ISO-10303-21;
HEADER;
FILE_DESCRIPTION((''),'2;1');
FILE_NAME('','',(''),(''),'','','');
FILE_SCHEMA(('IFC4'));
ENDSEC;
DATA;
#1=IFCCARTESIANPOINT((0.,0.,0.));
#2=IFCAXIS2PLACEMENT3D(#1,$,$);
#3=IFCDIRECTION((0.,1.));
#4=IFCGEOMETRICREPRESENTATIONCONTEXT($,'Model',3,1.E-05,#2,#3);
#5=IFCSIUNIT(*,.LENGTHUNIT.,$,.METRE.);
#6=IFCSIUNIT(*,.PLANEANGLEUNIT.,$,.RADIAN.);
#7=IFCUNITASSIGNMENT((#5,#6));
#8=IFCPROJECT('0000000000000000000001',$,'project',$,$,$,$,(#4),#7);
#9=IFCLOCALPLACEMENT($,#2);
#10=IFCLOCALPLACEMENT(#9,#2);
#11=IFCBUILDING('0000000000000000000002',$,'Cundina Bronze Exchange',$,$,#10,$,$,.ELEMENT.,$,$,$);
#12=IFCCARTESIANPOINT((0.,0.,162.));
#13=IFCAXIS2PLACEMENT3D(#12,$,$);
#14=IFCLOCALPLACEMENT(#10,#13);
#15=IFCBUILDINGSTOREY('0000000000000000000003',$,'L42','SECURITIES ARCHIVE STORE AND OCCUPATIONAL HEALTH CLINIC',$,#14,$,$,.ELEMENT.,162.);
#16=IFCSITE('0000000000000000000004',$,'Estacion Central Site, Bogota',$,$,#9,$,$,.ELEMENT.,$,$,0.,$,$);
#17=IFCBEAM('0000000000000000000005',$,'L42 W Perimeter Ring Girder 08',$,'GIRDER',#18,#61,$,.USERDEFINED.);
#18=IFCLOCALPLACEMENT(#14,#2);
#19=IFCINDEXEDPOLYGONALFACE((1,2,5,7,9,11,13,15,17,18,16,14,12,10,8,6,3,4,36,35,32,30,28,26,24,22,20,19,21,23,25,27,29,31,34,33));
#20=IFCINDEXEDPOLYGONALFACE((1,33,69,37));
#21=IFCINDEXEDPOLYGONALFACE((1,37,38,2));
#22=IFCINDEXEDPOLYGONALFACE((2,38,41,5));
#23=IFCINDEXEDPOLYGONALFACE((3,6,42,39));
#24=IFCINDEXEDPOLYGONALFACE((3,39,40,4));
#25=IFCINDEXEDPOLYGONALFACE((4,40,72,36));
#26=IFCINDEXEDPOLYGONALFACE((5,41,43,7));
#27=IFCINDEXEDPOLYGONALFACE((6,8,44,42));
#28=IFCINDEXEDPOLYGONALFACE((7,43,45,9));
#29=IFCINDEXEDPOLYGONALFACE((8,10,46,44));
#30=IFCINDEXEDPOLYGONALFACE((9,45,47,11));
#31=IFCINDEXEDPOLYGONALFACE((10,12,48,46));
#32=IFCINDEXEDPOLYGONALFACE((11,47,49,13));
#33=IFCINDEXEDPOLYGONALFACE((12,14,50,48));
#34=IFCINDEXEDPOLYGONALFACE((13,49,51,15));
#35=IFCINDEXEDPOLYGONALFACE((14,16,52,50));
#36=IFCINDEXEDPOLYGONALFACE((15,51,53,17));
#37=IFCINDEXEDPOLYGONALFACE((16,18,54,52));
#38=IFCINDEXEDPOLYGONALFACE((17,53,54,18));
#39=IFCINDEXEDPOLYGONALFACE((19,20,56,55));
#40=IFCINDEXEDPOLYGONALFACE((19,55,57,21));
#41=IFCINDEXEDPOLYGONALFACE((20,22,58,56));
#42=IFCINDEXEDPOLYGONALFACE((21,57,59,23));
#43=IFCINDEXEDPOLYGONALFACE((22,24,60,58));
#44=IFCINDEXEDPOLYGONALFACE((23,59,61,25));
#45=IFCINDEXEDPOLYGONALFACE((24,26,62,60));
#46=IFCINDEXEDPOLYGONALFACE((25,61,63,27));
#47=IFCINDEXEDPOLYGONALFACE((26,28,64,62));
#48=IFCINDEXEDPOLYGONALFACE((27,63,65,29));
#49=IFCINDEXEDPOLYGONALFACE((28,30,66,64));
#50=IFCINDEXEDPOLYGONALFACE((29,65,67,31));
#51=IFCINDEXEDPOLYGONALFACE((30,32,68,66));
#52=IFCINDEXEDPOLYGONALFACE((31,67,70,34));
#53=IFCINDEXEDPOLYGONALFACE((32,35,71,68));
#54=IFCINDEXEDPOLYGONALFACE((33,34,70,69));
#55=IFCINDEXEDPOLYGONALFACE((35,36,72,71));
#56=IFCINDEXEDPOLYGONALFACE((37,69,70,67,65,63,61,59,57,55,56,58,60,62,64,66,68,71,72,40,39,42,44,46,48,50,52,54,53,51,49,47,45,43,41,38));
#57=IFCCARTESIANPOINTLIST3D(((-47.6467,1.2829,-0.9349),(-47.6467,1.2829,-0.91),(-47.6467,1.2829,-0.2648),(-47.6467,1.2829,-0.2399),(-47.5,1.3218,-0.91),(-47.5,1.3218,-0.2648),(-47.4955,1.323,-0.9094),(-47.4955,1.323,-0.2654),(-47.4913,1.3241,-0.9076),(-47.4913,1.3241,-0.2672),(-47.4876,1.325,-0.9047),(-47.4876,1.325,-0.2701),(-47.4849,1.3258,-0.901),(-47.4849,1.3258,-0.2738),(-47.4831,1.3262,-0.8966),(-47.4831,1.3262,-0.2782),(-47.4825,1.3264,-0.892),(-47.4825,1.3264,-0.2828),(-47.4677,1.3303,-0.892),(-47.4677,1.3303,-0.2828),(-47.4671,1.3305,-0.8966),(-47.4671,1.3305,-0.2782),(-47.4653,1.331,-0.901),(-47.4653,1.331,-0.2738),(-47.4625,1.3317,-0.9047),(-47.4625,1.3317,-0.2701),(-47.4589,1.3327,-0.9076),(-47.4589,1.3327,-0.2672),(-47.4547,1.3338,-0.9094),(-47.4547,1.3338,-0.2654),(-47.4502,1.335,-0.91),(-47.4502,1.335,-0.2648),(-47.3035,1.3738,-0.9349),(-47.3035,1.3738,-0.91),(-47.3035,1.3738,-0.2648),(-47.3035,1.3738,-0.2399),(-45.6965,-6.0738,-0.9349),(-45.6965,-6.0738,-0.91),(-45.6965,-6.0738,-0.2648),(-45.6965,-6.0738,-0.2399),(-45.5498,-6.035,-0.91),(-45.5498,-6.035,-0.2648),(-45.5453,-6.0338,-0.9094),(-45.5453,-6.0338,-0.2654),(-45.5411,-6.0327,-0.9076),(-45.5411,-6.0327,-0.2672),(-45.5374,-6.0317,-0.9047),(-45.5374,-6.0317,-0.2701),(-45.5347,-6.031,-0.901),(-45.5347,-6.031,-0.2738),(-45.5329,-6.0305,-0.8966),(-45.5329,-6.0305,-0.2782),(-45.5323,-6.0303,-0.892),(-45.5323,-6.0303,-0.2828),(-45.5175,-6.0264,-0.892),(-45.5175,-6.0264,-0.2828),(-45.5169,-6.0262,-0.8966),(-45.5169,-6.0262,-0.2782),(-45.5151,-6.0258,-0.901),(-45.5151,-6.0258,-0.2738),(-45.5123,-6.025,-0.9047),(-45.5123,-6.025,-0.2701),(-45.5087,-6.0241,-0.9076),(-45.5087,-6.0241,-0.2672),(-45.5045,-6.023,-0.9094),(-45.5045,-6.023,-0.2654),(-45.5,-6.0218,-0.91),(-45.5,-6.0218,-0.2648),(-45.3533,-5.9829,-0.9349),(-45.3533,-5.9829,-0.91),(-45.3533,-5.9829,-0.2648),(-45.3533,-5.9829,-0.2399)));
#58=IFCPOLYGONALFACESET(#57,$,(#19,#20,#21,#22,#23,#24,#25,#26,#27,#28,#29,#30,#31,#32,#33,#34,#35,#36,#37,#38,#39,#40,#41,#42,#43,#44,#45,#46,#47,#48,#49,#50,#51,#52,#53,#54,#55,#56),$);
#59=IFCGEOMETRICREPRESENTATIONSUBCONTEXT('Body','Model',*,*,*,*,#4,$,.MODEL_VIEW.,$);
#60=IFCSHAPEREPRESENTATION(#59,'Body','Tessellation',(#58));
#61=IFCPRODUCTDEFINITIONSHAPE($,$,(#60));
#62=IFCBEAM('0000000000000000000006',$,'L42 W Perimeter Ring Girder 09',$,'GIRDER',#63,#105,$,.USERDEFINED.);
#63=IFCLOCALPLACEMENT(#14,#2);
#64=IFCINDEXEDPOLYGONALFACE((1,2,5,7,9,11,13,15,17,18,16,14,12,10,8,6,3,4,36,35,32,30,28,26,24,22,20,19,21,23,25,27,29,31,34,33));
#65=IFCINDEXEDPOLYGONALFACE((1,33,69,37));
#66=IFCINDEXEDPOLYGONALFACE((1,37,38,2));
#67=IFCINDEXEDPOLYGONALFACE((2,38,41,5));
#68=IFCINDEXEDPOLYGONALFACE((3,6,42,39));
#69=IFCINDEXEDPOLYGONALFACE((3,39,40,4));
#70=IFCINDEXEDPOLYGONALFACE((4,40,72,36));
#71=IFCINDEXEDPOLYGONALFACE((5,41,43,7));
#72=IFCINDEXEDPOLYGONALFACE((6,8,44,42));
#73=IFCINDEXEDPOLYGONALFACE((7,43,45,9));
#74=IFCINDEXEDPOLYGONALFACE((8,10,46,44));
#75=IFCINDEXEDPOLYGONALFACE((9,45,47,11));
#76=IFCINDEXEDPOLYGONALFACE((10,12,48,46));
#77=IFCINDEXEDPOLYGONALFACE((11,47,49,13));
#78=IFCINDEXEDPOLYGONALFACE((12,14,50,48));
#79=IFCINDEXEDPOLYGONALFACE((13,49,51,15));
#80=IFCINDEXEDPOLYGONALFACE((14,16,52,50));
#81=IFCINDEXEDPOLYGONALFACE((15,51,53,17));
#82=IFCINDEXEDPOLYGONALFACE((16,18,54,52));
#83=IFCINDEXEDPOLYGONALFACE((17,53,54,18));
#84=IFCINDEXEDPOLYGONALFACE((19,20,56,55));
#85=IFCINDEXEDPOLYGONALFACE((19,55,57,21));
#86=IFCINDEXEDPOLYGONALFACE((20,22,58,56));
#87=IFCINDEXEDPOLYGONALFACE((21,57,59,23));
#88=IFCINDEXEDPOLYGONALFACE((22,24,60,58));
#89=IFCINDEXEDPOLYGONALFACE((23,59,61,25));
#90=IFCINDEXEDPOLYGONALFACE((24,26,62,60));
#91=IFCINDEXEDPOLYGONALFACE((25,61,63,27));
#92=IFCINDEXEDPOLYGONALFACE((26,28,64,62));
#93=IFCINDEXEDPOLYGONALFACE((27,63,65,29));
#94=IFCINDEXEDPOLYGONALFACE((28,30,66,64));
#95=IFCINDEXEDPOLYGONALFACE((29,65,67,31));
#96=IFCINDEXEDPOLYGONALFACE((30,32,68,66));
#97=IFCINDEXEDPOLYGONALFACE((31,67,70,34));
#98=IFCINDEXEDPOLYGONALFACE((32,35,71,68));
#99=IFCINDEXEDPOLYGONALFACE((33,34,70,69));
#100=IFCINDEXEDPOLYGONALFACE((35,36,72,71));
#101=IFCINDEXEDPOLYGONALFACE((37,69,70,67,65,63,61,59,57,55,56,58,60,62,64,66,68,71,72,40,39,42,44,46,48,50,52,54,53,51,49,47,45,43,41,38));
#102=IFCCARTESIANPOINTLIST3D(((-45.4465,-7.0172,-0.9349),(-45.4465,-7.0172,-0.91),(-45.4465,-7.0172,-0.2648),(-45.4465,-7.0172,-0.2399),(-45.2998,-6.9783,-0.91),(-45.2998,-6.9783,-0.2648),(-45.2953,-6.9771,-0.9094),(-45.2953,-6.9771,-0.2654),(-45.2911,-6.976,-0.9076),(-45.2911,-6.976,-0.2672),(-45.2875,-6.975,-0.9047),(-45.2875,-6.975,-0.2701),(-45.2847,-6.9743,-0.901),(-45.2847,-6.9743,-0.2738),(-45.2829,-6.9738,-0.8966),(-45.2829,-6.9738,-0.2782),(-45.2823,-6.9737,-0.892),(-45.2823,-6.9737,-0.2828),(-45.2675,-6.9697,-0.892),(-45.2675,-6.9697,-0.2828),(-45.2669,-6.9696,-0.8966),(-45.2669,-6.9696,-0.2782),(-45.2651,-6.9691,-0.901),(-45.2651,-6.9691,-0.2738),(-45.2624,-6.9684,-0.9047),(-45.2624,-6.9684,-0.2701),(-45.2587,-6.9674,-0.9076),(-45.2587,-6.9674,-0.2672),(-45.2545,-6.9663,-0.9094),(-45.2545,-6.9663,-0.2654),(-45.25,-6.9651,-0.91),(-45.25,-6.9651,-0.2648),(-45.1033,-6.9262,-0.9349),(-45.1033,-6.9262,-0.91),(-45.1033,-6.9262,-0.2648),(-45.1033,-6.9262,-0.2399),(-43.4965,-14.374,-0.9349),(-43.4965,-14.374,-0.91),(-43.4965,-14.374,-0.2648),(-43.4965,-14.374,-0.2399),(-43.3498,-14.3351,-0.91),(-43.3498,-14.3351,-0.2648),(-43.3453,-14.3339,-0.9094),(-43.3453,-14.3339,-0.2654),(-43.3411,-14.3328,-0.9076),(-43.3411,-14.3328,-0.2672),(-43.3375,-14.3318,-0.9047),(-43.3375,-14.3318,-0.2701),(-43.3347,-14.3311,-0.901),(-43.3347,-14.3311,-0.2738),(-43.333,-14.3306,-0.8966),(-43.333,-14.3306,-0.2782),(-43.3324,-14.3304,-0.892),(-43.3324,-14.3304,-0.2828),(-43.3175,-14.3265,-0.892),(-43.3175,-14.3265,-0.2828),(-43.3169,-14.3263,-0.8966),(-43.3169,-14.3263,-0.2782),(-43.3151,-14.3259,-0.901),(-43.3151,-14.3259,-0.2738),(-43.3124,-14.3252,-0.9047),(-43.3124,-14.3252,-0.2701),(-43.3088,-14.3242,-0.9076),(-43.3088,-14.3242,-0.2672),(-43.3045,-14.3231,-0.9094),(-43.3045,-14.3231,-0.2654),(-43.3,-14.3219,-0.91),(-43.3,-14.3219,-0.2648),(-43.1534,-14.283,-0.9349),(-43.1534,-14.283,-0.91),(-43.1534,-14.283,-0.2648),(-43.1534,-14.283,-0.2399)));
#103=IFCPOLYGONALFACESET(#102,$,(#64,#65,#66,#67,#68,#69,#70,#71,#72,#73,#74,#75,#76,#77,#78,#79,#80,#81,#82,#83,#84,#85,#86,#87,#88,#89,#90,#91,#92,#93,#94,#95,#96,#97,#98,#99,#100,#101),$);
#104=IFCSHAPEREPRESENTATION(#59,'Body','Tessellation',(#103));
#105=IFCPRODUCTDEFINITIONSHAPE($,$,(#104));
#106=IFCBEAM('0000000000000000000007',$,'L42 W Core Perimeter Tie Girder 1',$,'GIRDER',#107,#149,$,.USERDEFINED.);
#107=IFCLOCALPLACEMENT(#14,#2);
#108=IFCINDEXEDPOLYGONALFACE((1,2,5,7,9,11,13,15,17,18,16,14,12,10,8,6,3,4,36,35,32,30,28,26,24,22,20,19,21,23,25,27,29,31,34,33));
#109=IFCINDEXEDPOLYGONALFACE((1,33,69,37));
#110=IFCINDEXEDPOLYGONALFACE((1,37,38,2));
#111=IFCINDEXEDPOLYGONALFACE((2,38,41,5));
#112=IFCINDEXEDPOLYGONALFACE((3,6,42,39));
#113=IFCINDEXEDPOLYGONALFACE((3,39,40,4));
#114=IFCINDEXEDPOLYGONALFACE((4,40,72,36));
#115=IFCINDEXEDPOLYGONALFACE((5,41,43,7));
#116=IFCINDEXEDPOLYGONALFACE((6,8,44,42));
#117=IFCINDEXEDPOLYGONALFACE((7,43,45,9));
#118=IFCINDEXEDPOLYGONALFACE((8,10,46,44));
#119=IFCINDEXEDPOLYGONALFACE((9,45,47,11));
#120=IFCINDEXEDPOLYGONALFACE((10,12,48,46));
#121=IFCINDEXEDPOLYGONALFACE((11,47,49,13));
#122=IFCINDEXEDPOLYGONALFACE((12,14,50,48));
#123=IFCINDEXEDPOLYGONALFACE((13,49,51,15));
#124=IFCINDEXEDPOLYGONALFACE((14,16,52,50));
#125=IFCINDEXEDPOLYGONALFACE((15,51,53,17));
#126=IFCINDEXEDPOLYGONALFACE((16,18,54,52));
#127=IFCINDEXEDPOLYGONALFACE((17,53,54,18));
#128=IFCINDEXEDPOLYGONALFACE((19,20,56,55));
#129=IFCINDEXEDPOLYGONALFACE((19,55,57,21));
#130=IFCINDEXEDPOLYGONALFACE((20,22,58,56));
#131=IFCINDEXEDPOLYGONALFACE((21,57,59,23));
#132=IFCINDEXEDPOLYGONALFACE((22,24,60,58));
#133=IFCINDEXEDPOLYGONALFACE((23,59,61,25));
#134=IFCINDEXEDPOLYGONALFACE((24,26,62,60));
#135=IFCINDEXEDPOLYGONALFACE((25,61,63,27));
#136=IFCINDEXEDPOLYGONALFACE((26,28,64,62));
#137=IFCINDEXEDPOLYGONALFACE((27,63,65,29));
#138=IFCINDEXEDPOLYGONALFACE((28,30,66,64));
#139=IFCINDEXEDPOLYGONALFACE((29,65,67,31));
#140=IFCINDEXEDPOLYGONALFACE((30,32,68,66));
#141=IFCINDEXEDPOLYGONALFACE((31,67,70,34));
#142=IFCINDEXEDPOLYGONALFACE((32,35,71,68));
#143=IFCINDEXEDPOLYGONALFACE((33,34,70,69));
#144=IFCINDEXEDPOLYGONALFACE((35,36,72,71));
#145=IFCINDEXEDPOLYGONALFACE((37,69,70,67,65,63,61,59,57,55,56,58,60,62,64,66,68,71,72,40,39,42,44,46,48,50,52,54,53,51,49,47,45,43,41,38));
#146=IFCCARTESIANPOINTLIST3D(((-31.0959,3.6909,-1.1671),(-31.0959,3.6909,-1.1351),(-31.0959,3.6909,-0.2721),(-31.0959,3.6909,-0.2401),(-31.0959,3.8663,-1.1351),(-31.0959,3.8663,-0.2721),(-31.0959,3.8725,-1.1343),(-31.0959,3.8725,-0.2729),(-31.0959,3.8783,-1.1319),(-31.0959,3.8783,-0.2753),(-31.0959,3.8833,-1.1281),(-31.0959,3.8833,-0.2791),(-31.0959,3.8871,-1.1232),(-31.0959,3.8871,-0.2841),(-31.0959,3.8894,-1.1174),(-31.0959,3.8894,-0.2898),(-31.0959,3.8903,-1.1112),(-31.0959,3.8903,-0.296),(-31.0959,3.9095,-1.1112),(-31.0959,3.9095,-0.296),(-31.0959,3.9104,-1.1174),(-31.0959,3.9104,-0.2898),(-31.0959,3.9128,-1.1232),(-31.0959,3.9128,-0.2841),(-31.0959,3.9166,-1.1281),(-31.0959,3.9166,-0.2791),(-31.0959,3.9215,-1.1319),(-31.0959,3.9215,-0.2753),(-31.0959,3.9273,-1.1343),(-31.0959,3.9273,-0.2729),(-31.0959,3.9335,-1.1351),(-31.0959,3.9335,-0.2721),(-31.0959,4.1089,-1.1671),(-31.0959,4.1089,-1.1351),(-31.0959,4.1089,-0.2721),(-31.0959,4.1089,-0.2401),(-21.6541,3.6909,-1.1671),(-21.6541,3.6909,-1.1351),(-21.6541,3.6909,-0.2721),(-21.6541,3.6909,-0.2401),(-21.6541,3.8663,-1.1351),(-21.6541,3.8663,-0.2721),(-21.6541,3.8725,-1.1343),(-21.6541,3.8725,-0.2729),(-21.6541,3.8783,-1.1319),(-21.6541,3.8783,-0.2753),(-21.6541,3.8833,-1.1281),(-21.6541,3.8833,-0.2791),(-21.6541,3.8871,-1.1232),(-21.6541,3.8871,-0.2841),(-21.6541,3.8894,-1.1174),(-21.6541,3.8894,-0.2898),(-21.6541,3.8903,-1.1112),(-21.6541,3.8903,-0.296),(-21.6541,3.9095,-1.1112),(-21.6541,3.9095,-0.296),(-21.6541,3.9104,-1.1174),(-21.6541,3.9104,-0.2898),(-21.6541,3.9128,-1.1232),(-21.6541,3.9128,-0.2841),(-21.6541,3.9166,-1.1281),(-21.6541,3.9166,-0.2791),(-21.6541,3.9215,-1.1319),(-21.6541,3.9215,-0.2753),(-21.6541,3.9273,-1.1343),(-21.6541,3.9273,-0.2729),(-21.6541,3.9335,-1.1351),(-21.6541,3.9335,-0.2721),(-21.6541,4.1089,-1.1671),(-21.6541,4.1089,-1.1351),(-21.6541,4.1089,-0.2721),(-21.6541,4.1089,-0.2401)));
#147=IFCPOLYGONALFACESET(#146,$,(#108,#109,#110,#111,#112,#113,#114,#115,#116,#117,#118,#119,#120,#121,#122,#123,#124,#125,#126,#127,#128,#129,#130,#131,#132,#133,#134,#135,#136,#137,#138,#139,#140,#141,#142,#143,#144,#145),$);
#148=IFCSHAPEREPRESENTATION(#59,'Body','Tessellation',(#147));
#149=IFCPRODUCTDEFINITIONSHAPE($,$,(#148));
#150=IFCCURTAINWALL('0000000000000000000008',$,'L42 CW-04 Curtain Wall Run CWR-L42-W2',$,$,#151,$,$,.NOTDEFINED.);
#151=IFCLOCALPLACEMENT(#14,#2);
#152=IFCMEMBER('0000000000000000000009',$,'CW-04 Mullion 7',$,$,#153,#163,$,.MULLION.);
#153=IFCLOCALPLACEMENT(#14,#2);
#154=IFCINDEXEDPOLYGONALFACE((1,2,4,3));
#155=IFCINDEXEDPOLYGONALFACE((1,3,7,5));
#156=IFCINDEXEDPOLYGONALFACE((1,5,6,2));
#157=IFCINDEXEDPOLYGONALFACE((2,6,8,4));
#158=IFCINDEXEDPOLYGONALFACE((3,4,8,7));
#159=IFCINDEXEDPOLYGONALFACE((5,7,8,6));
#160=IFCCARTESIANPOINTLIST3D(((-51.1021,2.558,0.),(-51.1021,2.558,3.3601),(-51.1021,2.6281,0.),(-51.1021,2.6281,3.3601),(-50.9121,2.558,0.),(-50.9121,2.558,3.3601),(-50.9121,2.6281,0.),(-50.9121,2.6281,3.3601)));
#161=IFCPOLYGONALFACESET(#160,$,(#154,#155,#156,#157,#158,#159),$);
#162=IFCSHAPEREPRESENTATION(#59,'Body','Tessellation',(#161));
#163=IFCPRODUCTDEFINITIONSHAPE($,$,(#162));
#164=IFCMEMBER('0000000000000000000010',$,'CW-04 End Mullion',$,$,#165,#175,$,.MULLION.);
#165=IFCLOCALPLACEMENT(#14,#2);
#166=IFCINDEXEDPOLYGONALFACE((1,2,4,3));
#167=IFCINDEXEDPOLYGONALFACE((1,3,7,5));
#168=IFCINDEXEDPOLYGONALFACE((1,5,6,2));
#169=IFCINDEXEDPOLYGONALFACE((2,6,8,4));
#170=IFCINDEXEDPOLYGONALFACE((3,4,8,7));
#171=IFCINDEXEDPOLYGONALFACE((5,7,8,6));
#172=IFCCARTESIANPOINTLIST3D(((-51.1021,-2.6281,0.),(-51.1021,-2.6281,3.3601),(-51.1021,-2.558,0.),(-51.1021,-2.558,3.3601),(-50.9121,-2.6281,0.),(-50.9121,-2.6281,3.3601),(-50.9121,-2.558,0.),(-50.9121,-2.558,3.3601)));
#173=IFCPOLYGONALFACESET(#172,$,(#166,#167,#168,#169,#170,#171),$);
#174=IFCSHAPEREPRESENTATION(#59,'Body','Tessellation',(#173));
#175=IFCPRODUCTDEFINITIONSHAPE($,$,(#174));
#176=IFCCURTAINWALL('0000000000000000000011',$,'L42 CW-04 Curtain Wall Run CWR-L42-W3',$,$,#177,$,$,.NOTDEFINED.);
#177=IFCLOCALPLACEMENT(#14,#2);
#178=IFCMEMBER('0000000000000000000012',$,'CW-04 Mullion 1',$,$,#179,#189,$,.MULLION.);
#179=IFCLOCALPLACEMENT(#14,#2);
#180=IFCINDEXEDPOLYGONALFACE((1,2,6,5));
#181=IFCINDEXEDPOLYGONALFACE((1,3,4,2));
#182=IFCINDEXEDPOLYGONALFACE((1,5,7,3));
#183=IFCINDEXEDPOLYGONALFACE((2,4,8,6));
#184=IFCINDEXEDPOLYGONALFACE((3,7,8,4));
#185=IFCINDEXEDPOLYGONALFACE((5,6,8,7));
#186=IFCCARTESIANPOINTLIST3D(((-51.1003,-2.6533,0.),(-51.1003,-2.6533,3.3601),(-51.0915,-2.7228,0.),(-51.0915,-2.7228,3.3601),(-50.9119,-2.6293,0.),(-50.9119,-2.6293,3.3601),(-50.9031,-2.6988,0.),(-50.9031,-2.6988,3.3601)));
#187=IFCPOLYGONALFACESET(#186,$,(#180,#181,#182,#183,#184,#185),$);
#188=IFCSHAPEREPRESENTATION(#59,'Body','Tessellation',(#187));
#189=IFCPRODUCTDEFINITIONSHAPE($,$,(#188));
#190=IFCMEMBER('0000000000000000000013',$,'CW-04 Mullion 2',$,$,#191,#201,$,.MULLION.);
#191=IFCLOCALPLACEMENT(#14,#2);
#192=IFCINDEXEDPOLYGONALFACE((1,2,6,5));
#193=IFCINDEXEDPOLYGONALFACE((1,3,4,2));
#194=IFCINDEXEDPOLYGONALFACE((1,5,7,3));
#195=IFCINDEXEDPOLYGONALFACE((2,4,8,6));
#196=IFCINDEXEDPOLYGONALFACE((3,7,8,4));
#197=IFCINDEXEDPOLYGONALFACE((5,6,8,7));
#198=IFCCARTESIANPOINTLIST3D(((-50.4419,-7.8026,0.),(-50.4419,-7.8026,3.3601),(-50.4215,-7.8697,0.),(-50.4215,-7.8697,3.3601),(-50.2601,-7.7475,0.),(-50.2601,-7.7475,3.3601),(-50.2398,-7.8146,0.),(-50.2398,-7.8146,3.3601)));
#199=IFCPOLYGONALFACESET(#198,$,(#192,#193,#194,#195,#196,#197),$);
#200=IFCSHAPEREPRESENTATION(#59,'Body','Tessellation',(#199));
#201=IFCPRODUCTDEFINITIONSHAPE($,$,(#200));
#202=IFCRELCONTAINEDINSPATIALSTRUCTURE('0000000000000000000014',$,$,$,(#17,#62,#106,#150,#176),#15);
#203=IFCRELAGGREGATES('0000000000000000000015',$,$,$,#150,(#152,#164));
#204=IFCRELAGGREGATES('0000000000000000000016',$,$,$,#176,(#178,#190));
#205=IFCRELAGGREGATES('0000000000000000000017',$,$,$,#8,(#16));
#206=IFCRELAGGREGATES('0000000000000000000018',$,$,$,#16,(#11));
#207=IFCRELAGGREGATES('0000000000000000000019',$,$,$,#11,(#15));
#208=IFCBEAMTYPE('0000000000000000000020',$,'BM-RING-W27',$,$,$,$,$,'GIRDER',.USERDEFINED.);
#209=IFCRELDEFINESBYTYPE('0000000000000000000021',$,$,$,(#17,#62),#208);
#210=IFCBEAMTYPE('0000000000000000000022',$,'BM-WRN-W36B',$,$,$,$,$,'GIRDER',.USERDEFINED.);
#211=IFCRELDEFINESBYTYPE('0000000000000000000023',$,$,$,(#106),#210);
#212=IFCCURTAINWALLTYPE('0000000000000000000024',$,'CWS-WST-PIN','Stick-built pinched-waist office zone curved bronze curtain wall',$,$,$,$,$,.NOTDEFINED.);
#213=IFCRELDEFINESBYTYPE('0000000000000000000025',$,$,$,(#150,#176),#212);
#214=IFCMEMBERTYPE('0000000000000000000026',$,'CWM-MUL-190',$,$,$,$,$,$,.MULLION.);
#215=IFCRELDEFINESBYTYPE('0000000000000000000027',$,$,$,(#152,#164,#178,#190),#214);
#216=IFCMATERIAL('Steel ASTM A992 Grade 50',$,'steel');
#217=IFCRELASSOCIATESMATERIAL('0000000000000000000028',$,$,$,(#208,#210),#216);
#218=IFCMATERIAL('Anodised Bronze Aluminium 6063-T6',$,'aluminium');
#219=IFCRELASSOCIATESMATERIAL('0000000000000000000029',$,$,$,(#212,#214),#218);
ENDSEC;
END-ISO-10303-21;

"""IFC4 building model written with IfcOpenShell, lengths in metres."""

from ifc_helpers import new_model, si_unit, direction, frame, origin, origin_2d, place, context, subcontext, project, spatial, rectangle, i_section, extrude, material, material_profile, profile_set, type_object, element, aggregate, save


model = new_model("IFC4")

# Units and contexts
model_context = context("Model", 3, precision=1e-05, world=origin(), true_north=direction((0.0, 1.0)))
body_context = subcontext(model_context, "Body", "Model", "MODEL_VIEW")
ifc_project = project(units=[si_unit("LENGTHUNIT", "METRE"), si_unit("PLANEANGLEUNIT", "RADIAN")], contexts=[model_context])

# Site, building, storey
site_placement = place(None, origin())
site = spatial("IfcSite", under=ifc_project, at=site_placement, Name="Estacion Central Site, Bogota", CompositionType="ELEMENT", RefElevation=0.0)
building_placement = place(site_placement, origin())
building = spatial("IfcBuilding", under=site, at=building_placement, Name="Cundina Bronze Exchange", CompositionType="ELEMENT")
storey_placement = place(building_placement, frame((0.0, 0.0, 162.0)))
storey = spatial("IfcBuildingStorey", under=building, at=storey_placement, Name="L42", Description="SECURITIES ARCHIVE STORE AND OCCUPATIONAL HEALTH CLINIC", CompositionType="ELEMENT", Elevation=162.0)

# Shared definitions
ifc_material_1 = material(Name="Steel ASTM A992 Grade 50", Category="steel")

# Beams
ifc_material_profile_1 = material_profile(ifc_material_1, i_section(OverallWidth=0.355, OverallDepth=0.6951, WebThickness=0.0154, FlangeThickness=0.0249, FilletRadius=0.0181, at=origin_2d()), Name="W27X146", Category="steel")
ifc_profile_set_1 = profile_set([ifc_material_profile_1], Name="Steel ASTM A992 Grade 50")
beam_type_1 = type_object("IfcBeamType", Name="BM-RING-W27", ElementType="GIRDER", PredefinedType="USERDEFINED", material=ifc_profile_set_1)
for number, where, z_axis, x_axis, name in (
    (1, (-47.4751, 1.3284, -0.5874), (0.256241, -0.966613, 0.0), (0.966613, 0.256241, 0.0), "L42 W Perimeter Ring Girder 08"),
    (2, (-45.2749, -6.9717, -0.5874), (0.256211, -0.966621, 0.0), (0.966621, 0.256211, 0.0), "L42 W Perimeter Ring Girder 09"),
):
    element("IfcBeam", number, at=place(storey_placement, frame(where, z_axis=z_axis, x_axis=x_axis)), inside=storey, type_object=beam_type_1, Name=name, ObjectType="GIRDER", PredefinedType="USERDEFINED", context=body_context, shape_type="SweptSolid", body=[
        extrude(i_section(OverallWidth=0.355, OverallDepth=0.6951, WebThickness=0.0154, FlangeThickness=0.0249, FilletRadius=0.0181, at=origin_2d()), origin(), (0.0, 0.0, 1.0), 7.6108),
    ])
ifc_material_profile_2 = material_profile(ifc_material_1, i_section(OverallWidth=0.418, OverallDepth=0.927, WebThickness=0.0193, FlangeThickness=0.032, FilletRadius=0.0239, at=origin_2d()), Name="W36X231", Category="steel")
ifc_profile_set_2 = profile_set([ifc_material_profile_2], Name="Steel ASTM A992 Grade 50")
beam_type_2 = type_object("IfcBeamType", Name="BM-WRN-W36B", ElementType="GIRDER", PredefinedType="USERDEFINED", material=ifc_profile_set_2)
beam_1_placement = place(storey_placement, frame((-31.0959, 3.8999, -0.7036), z_axis=(1.0, 0.0, 0.0), x_axis=(0.0, 1.0, 0.0)))
element("IfcBeam", 3, at=beam_1_placement, inside=storey, type_object=beam_type_2, Name="L42 W Core Perimeter Tie Girder 1", ObjectType="GIRDER", PredefinedType="USERDEFINED", context=body_context, shape_type="SweptSolid", body=[
    extrude(i_section(OverallWidth=0.418, OverallDepth=0.927, WebThickness=0.0193, FlangeThickness=0.032, FilletRadius=0.0239, at=origin_2d()), origin(), (0.0, 0.0, 1.0), 9.4419),
])

# Curtain walls, members
ifc_material_2 = material(Name="Anodised Bronze Aluminium 6063-T6", Category="aluminium")
curtain_wall_type = type_object("IfcCurtainWallType", Name="CWS-WST-PIN", Description="Stick-built pinched-waist office zone curved bronze curtain wall", PredefinedType="NOTDEFINED", material=ifc_material_2)
curtain_wall_1_placement = place(storey_placement, origin())
curtain_wall_1 = element("IfcCurtainWall", 4, at=curtain_wall_1_placement, inside=storey, type_object=curtain_wall_type, Name="L42 CW-04 Curtain Wall Run CWR-L42-W2", PredefinedType="NOTDEFINED")
ifc_material_profile_3 = material_profile(ifc_material_2, rectangle(XDim=0.0701, YDim=0.1899, at=origin_2d()), Name="AL70X190", Category="aluminium")
ifc_profile_set_3 = profile_set([ifc_material_profile_3], Name="Anodised Bronze Aluminium 6063-T6")
member_type_1 = type_object("IfcMemberType", Name="CWM-MUL-190", PredefinedType="MULLION", material=ifc_profile_set_3)
member_1_placement = place(storey_placement, frame((-51.0071, 2.593, 0.0), z_axis=(0.0, 0.0, 1.0), x_axis=(0.0, -1.0, 0.0)))
member_1 = element("IfcMember", 5, at=member_1_placement, type_object=member_type_1, Name="CW-04 Mullion 7", PredefinedType="MULLION", context=body_context, shape_type="SweptSolid", body=[
    extrude(rectangle(XDim=0.0701, YDim=0.1899, at=origin_2d()), origin(), (0.0, 0.0, 1.0), 3.3601),
])
member_2_placement = place(storey_placement, frame((-51.0071, -2.593, 0.0), z_axis=(0.0, 0.0, 1.0), x_axis=(0.0, -1.0, 0.0)))
member_2 = element("IfcMember", 6, at=member_2_placement, type_object=member_type_1, Name="CW-04 End Mullion", PredefinedType="MULLION", context=body_context, shape_type="SweptSolid", body=[
    extrude(rectangle(XDim=0.0701, YDim=0.1899, at=origin_2d()), origin(), (0.0, 0.0, 1.0), 3.3601),
])
curtain_wall_2_placement = place(storey_placement, origin())
curtain_wall_2 = element("IfcCurtainWall", 7, at=curtain_wall_2_placement, inside=storey, type_object=curtain_wall_type, Name="L42 CW-04 Curtain Wall Run CWR-L42-W3", PredefinedType="NOTDEFINED")
member_3_placement = place(storey_placement, frame((-51.0017, -2.676, 0.0), z_axis=(0.0, 0.0, 1.0), x_axis=(0.126545, -0.991961, 0.0)))
member_3 = element("IfcMember", 8, at=member_3_placement, type_object=member_type_1, Name="CW-04 Mullion 1", PredefinedType="MULLION", context=body_context, shape_type="SweptSolid", body=[
    extrude(rectangle(XDim=0.0701, YDim=0.1899, at=origin_2d()), origin(), (0.0, 0.0, 1.0), 3.3601),
])
member_4_placement = place(storey_placement, frame((-50.3408, -7.8086, 0.0), z_axis=(0.0, 0.0, 1.0), x_axis=(0.290034, -0.957016, 0.0)))
member_4 = element("IfcMember", 9, at=member_4_placement, type_object=member_type_1, Name="CW-04 Mullion 2", PredefinedType="MULLION", context=body_context, shape_type="SweptSolid", body=[
    extrude(rectangle(XDim=0.0701, YDim=0.1899, at=origin_2d()), origin(), (0.0, 0.0, 1.0), 3.3601),
])

aggregate(curtain_wall_1, [member_1, member_2])
aggregate(curtain_wall_2, [member_3, member_4])

save(model, "model.ifc")
